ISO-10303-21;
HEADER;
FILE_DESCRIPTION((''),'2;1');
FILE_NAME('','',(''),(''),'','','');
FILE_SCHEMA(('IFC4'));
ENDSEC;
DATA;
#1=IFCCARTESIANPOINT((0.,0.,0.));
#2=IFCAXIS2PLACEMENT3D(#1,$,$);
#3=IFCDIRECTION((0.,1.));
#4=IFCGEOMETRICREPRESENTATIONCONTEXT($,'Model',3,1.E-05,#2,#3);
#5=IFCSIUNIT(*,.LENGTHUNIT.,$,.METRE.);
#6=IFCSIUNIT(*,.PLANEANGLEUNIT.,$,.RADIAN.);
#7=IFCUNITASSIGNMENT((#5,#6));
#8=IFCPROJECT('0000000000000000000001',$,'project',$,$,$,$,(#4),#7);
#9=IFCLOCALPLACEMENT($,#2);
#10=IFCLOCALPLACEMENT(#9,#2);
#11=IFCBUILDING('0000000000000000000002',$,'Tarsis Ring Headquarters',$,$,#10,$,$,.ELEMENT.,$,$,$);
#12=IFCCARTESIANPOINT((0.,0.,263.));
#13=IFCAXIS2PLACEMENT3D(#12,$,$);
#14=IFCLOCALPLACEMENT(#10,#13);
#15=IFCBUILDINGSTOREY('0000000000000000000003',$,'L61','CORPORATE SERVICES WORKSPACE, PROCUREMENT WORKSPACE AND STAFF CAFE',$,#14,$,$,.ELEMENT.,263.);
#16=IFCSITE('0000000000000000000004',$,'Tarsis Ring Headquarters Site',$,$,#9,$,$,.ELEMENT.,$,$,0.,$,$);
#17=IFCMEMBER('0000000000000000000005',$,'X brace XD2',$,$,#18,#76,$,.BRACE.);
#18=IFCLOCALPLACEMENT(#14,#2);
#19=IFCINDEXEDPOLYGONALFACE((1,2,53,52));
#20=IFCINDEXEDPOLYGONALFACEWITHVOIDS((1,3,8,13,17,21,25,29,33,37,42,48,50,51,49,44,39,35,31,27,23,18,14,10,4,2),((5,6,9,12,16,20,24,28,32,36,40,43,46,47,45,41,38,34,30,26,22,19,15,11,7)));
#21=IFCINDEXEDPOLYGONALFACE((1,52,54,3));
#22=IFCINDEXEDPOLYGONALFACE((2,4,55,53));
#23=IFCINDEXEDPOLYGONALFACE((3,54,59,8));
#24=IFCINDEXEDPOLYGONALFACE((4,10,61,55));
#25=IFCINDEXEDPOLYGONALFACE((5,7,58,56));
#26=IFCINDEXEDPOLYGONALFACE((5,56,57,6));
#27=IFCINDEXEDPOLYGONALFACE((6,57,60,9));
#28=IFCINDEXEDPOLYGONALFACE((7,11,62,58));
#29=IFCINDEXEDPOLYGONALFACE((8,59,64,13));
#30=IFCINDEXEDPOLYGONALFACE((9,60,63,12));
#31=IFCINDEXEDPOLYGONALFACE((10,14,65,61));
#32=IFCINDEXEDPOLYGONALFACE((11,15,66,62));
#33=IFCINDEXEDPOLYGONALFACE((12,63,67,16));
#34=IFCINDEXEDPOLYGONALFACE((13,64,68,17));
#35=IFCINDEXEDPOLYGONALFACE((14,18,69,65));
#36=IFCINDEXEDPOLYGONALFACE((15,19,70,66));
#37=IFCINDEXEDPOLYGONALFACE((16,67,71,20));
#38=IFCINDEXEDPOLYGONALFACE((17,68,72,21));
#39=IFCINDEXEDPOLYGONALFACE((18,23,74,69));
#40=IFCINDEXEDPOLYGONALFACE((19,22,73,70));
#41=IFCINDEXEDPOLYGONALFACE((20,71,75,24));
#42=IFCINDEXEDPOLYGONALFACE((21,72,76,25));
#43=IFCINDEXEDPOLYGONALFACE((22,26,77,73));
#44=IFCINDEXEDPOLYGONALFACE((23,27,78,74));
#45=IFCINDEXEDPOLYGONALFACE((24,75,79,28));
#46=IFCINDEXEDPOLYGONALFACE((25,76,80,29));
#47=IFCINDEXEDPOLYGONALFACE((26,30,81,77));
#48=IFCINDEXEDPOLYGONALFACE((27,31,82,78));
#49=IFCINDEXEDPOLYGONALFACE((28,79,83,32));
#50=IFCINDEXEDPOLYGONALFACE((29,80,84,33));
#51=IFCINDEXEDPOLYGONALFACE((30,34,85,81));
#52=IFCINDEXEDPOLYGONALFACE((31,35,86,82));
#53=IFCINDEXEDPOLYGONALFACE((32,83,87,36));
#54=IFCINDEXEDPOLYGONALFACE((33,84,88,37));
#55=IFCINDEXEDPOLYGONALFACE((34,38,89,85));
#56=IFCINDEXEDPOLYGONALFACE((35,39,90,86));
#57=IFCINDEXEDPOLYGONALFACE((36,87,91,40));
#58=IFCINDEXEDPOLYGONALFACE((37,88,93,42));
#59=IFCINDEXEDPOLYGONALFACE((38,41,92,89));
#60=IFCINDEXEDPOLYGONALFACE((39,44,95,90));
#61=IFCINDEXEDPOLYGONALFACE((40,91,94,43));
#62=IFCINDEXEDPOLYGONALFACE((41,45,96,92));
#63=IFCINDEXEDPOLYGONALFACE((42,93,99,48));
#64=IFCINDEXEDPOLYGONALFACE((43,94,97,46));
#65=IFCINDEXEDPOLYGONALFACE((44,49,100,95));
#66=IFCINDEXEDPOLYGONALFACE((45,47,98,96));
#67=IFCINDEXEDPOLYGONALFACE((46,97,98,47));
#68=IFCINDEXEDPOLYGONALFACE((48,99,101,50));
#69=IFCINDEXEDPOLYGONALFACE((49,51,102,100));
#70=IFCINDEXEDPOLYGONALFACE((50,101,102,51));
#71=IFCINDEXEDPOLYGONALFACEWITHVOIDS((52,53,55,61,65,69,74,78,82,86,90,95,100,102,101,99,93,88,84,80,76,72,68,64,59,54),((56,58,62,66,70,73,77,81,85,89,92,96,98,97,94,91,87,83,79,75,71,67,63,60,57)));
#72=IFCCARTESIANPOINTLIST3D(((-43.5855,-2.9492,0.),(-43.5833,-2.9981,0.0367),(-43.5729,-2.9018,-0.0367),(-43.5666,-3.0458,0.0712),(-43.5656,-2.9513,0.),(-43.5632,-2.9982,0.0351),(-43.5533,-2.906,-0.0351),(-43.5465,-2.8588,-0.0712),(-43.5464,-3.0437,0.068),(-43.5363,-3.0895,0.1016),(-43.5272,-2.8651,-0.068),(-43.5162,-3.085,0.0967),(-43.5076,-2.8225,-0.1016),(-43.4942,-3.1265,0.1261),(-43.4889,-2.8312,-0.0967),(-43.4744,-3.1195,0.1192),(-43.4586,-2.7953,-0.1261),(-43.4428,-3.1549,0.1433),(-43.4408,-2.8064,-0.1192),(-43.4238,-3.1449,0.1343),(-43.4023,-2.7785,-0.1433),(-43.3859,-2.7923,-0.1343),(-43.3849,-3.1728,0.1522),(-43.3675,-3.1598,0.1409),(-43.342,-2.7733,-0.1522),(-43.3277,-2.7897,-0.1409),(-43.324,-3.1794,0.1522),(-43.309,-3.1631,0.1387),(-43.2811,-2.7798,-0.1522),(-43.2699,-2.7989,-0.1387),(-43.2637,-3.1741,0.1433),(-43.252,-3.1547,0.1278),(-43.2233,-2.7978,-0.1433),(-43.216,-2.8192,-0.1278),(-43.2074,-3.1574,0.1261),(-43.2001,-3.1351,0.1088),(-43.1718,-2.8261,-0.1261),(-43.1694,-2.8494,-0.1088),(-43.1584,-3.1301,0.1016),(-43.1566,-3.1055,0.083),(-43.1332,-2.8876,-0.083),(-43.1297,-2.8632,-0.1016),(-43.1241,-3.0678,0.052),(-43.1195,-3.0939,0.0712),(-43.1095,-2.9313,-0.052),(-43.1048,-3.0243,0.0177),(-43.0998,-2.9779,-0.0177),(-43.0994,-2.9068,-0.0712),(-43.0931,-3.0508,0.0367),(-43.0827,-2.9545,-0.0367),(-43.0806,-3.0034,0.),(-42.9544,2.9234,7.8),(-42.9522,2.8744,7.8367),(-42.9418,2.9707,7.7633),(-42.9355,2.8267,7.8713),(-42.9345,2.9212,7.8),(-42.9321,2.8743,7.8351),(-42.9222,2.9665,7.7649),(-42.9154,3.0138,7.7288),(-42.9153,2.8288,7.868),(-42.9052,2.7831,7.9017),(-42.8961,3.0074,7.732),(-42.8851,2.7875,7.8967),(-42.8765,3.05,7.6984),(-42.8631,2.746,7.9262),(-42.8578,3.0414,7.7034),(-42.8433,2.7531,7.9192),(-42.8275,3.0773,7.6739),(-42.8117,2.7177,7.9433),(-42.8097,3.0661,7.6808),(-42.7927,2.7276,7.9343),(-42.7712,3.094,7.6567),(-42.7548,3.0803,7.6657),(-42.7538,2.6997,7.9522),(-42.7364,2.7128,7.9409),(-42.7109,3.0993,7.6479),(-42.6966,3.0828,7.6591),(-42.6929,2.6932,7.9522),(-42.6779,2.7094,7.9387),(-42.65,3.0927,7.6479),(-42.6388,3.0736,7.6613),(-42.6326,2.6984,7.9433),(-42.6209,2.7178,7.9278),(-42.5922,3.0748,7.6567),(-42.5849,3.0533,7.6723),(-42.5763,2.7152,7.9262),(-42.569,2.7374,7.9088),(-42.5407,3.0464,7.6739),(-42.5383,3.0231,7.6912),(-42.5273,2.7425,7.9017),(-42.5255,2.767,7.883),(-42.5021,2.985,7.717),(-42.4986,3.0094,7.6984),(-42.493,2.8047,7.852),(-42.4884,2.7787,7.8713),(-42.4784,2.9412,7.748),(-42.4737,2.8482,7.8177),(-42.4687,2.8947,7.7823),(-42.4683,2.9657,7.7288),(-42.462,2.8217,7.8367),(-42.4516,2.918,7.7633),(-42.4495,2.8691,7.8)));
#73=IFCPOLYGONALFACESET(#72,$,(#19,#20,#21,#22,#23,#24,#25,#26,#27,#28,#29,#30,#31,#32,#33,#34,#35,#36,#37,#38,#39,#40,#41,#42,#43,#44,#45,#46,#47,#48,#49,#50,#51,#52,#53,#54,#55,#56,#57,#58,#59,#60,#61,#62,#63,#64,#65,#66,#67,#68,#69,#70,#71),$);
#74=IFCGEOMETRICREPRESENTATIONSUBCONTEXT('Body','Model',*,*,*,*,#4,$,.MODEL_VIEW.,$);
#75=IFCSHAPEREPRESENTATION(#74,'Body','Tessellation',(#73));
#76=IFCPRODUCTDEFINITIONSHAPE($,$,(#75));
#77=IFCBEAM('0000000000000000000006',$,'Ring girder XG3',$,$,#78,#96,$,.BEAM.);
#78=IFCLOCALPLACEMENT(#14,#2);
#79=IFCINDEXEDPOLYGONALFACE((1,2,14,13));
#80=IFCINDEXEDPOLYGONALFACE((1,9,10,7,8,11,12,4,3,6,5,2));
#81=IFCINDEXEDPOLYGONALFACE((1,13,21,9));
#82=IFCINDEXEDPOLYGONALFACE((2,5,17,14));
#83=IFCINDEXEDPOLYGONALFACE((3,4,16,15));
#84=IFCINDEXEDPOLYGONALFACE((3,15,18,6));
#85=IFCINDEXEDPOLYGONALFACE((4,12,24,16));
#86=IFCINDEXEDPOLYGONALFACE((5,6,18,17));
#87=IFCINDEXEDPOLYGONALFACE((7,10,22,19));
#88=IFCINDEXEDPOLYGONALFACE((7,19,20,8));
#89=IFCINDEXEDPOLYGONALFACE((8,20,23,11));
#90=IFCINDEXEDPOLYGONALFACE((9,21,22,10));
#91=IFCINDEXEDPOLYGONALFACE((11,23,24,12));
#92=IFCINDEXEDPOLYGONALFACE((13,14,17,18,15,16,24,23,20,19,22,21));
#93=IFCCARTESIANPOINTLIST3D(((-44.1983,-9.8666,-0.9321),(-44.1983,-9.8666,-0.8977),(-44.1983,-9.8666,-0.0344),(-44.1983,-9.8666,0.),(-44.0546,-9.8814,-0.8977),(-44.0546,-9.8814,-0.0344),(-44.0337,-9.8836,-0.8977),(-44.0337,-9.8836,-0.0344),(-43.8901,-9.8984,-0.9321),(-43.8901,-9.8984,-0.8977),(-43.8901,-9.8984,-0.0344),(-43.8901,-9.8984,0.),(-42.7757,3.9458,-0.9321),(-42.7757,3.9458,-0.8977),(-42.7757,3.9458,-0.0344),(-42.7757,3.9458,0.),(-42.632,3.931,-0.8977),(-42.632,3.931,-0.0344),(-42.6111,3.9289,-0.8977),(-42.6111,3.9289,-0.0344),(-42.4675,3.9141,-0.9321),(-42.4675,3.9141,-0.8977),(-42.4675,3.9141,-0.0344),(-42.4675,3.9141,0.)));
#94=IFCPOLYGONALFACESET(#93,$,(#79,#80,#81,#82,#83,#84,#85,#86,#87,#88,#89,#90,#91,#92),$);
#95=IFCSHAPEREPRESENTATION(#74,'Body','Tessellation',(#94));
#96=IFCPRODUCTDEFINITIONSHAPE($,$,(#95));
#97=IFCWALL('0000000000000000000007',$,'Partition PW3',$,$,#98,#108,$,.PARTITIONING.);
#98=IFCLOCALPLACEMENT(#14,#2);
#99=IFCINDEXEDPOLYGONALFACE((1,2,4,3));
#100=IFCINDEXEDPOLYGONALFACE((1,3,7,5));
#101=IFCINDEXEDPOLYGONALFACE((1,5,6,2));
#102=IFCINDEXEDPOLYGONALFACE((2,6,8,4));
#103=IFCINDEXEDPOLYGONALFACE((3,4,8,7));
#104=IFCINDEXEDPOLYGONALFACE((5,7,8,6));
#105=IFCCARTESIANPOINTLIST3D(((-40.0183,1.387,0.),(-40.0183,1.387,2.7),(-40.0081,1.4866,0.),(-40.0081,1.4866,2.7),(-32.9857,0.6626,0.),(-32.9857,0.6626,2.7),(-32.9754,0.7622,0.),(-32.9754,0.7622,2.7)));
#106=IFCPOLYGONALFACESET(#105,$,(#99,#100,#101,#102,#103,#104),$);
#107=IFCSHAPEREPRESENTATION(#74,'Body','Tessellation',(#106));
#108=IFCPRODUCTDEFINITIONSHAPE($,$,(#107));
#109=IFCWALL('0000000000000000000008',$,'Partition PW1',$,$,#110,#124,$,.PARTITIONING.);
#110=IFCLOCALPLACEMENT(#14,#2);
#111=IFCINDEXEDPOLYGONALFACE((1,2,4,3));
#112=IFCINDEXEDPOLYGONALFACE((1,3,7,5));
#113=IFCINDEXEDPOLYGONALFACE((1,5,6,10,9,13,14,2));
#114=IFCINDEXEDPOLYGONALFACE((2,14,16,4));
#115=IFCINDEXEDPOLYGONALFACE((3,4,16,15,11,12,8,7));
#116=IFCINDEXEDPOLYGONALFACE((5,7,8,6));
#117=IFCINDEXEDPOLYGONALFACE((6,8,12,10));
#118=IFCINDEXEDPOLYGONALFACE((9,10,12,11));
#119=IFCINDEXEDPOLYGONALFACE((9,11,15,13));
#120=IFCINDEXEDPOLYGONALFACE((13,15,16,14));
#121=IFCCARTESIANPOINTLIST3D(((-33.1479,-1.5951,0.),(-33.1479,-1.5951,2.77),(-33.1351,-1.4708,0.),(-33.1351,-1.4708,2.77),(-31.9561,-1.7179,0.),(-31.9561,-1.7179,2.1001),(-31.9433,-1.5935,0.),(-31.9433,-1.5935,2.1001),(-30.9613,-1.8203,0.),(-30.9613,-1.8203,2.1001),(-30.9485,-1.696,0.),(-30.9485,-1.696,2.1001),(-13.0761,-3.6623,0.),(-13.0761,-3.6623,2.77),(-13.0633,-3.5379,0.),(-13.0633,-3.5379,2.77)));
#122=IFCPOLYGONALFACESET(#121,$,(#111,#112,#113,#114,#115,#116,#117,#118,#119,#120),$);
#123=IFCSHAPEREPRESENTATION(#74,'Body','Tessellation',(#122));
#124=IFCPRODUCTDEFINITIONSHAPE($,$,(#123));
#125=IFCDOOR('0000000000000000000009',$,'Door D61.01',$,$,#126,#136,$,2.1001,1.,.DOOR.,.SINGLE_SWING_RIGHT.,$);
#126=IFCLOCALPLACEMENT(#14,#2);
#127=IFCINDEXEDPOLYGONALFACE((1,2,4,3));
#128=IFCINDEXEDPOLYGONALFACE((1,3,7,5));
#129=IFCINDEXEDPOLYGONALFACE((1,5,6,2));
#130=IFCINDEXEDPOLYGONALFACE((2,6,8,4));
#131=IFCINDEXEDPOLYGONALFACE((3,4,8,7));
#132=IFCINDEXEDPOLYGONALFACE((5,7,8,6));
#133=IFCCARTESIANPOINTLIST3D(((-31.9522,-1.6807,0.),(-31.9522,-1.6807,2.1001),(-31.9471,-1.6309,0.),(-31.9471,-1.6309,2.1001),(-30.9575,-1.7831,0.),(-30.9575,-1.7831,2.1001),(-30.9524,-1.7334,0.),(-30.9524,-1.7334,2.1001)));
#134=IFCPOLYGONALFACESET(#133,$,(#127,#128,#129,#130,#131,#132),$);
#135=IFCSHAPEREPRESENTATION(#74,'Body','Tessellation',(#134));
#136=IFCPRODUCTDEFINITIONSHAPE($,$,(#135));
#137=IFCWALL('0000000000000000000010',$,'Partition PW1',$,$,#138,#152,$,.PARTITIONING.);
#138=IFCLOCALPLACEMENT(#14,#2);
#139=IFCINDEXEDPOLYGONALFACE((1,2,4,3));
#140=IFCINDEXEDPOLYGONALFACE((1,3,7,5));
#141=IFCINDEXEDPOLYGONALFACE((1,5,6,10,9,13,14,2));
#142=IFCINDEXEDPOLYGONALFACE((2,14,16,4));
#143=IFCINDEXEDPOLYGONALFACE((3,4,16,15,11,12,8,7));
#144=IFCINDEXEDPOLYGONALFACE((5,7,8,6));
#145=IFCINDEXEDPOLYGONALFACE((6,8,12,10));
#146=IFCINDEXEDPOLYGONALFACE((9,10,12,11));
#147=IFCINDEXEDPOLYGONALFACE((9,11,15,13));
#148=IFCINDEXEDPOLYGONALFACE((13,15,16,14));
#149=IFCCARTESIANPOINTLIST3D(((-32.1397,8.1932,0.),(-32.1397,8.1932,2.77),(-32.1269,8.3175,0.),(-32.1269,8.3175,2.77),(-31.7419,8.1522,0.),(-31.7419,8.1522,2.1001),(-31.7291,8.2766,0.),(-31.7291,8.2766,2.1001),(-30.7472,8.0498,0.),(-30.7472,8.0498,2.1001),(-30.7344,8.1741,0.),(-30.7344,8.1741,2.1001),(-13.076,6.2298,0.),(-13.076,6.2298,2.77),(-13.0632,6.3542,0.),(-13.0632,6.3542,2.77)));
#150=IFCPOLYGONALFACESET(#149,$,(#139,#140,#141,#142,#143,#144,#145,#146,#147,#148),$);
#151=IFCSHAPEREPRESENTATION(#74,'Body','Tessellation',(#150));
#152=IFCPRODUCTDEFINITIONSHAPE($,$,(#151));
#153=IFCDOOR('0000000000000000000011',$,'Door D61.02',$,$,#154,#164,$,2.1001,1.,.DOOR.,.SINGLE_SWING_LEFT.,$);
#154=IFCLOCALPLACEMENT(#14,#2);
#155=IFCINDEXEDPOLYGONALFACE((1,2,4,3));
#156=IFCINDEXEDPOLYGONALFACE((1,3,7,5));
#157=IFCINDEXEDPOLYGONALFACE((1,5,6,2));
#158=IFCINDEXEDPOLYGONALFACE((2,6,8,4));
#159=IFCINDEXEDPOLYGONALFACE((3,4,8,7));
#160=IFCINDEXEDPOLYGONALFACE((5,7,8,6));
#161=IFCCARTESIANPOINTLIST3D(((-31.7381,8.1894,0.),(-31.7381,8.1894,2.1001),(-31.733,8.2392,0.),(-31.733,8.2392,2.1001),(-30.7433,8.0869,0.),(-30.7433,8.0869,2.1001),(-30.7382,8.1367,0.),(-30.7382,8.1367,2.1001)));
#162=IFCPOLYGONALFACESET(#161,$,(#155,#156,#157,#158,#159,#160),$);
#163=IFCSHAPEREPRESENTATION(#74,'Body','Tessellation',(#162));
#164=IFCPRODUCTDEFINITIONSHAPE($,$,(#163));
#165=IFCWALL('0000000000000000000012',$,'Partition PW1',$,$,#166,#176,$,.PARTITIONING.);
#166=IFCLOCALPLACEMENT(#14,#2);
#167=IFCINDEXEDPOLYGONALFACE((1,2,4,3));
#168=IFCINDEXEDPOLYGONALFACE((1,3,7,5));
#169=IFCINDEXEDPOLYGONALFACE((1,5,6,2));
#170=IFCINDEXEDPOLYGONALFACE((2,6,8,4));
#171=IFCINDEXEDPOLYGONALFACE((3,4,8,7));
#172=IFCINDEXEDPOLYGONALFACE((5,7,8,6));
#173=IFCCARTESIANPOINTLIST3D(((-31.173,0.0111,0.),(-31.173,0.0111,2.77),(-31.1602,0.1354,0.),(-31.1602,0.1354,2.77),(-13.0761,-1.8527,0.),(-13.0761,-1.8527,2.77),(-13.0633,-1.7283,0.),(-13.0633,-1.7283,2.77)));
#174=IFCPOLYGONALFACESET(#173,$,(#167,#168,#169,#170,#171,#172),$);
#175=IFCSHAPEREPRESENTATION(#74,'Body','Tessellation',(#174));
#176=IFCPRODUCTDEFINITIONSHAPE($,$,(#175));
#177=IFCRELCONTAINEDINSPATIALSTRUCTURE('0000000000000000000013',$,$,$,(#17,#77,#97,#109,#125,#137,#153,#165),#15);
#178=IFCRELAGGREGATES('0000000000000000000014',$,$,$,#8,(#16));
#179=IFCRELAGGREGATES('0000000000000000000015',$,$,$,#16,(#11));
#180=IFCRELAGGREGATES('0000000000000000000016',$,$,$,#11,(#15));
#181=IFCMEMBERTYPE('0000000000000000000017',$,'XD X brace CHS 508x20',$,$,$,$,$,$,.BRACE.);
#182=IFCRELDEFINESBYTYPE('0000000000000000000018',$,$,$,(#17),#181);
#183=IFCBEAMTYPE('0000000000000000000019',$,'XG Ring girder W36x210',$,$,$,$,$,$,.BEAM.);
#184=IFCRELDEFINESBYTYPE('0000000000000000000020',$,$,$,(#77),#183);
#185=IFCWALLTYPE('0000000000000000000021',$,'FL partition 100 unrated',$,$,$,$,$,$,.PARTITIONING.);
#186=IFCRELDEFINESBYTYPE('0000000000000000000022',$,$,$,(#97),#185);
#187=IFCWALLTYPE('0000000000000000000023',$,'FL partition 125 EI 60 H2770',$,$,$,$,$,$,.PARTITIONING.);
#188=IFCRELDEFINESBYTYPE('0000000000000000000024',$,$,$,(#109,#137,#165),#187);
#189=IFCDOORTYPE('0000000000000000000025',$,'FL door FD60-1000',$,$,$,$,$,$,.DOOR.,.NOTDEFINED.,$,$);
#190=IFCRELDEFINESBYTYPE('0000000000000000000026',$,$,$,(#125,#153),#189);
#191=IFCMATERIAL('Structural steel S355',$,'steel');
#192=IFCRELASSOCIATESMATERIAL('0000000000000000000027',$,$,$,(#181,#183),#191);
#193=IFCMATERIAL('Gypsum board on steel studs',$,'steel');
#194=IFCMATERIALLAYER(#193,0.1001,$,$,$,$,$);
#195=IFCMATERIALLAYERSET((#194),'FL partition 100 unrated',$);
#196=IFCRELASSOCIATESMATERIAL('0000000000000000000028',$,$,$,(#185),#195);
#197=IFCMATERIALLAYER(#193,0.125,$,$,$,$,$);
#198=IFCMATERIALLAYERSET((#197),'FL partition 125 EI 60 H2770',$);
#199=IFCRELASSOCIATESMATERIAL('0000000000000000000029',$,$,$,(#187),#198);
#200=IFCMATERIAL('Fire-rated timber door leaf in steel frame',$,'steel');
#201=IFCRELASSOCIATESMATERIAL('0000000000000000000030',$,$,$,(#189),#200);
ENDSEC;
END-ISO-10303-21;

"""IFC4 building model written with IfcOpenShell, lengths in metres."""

from ifc_helpers import new_model, si_unit, direction, frame, frame_2d, origin, origin_2d, place, context, subcontext, project, spatial, rectangle, hollow_circle, i_section, extrude, material, layer, layer_set, material_profile, profile_set, type_object, element, fill, save


model = new_model("IFC4")

# Units and contexts
model_context = context("Model", 3, precision=1e-05, world=origin(), true_north=direction((0.0, 1.0)))
body_context = subcontext(model_context, "Body", "Model", "MODEL_VIEW")
ifc_project = project(units=[si_unit("LENGTHUNIT", "METRE"), si_unit("PLANEANGLEUNIT", "RADIAN")], contexts=[model_context])

# Site, building, storey
site_placement = place(None, origin())
site = spatial("IfcSite", under=ifc_project, at=site_placement, Name="Tarsis Ring Headquarters Site", CompositionType="ELEMENT", RefElevation=0.0)
building_placement = place(site_placement, origin())
building = spatial("IfcBuilding", under=site, at=building_placement, Name="Tarsis Ring Headquarters", CompositionType="ELEMENT")
storey_placement = place(building_placement, frame((0.0, 0.0, 263.0)))
storey = spatial("IfcBuildingStorey", under=building, at=storey_placement, Name="L61", Description="CORPORATE SERVICES WORKSPACE, PROCUREMENT WORKSPACE AND STAFF CAFE", CompositionType="ELEMENT", Elevation=263.0)

# Shared definitions
ifc_material_1 = material(Name="Structural steel S355", Category="steel")

# Member
ifc_material_profile_1 = material_profile(ifc_material_1, hollow_circle(Radius=0.2539, WallThickness=0.02, at=origin_2d()), Name="CHS 508x20")
ifc_profile_set_1 = profile_set([ifc_material_profile_1], Name="Structural steel S355")
member_type = type_object("IfcMemberType", Name="XD X brace CHS 508x20", PredefinedType="BRACE", material=ifc_profile_set_1)
member_1_placement = place(storey_placement, frame((-43.333, -2.9763, 0.0), z_axis=(0.064504, 0.600223, 0.797228), x_axis=(-0.994275, 0.106851, 0.0)))
element("IfcMember", 1, at=member_1_placement, inside=storey, type_object=member_type, Name="X brace XD2", PredefinedType="BRACE", context=body_context, shape_type="SweptSolid", body=[
    extrude(hollow_circle(Radius=0.2539, WallThickness=0.02, at=origin_2d()), origin(), (0.0, 0.0, 1.0), 9.7839),
])

# Beam
ifc_material_profile_2 = material_profile(ifc_material_1, i_section(OverallWidth=0.3098, OverallDepth=0.9321, WebThickness=0.021, FlangeThickness=0.0344, at=origin_2d()), Name="W36x210")
ifc_profile_set_2 = profile_set([ifc_material_profile_2], Name="Structural steel S355")
beam_type = type_object("IfcBeamType", Name="XG Ring girder W36x210", PredefinedType="BEAM", material=ifc_profile_set_2)
beam_placement = place(storey_placement, frame((-42.6216, 3.9299, -0.4661), z_axis=(-0.102452, -0.994738, 0.0), x_axis=(0.994738, -0.102452, 0.0)))
element("IfcBeam", 2, at=beam_placement, inside=storey, type_object=beam_type, Name="Ring girder XG3", PredefinedType="BEAM", context=body_context, shape_type="SweptSolid", body=[
    extrude(i_section(OverallWidth=0.3098, OverallDepth=0.9321, WebThickness=0.021, FlangeThickness=0.0344, at=origin_2d()), origin(), (0.0, 0.0, 1.0), 13.8855),
])

# Wall
ifc_material_2 = material(Name="Gypsum board on steel studs", Category="steel")
ifc_layer_1 = layer(ifc_material_2, 0.1001)
ifc_layer_set_1 = layer_set([ifc_layer_1], Name="FL partition 100 unrated")
wall_type_1 = type_object("IfcWallType", Name="FL partition 100 unrated", PredefinedType="PARTITIONING", material=ifc_layer_set_1)
wall_1_placement = place(storey_placement, frame((-40.0132, 1.4368, 0.0), z_axis=(0.0, 0.0, 1.0), x_axis=(0.994737, -0.102457, 0.0)))
element("IfcWall", 3, at=wall_1_placement, inside=storey, type_object=wall_type_1, Name="Partition PW3", PredefinedType="PARTITIONING", context=body_context, shape_type="SweptSolid", body=[
    extrude(rectangle(XDim=7.0698, YDim=0.1001, at=frame_2d((3.5349, 0.0))), origin(), (0.0, 0.0, 1.0), 2.7),
])

# Walls, openings, doors
ifc_layer_2 = layer(ifc_material_2, 0.125)
ifc_layer_set_2 = layer_set([ifc_layer_2], Name="FL partition 125 EI 60 H2770")
wall_type_2 = type_object("IfcWallType", Name="FL partition 125 EI 60 H2770", PredefinedType="PARTITIONING", material=ifc_layer_set_2)
wall_2_placement = place(storey_placement, frame((-33.1414, -1.533, 0.0), z_axis=(0.0, 0.0, 1.0), x_axis=(0.994739, -0.102445, 0.0)))
wall_2 = element("IfcWall", 4, at=wall_2_placement, inside=storey, type_object=wall_type_2, Name="Partition PW1", PredefinedType="PARTITIONING", context=body_context, shape_type="SweptSolid", body=[
    extrude(rectangle(XDim=20.178, YDim=0.125, at=frame_2d((10.0889, 0.0))), origin(), (0.0, 0.0, 1.0), 2.77),
])
opening_1_placement = place(wall_2_placement, frame((1.198, 0.0, 0.0)))
opening_1 = element("IfcOpeningElement", 5, at=opening_1_placement, cuts=wall_2, PredefinedType="OPENING", context=body_context, shape_type="SweptSolid", body=[
    extrude(rectangle(XDim=1.0, YDim=2.1001, at=frame_2d((0.5, 1.05))), frame((0.0, 0.0725, 0.0), z_axis=(0.0, -1.0, 0.0), x_axis=(1.0, 0.0, 0.0)), (0.0, 0.0, 1.0), 0.145),
])
ifc_material_3 = material(Name="Fire-rated timber door leaf in steel frame", Category="steel")
door_type = type_object("IfcDoorType", Name="FL door FD60-1000", OperationType="NOTDEFINED", PredefinedType="DOOR", material=ifc_material_3)
door_1_placement = place(opening_1_placement, origin())
door_1 = element("IfcDoor", 6, at=door_1_placement, inside=storey, type_object=door_type, Name="Door D61.01", OperationType="SINGLE_SWING_RIGHT", OverallHeight=2.1001, OverallWidth=1.0, PredefinedType="DOOR", context=body_context, shape_type="SweptSolid", body=[
    extrude(rectangle(XDim=1.0, YDim=2.1001, at=frame_2d((0.5, 1.05))), frame((0.0, 0.0249, 0.0), z_axis=(0.0, -1.0, 0.0), x_axis=(1.0, 0.0, 0.0)), (0.0, 0.0, 1.0), 0.05),
])
fill(opening_1, door_1)
wall_3_placement = place(storey_placement, frame((-32.1333, 8.2554, 0.0), z_axis=(0.0, 0.0, 1.0), x_axis=(0.994738, -0.102448, 0.0)))
wall_3 = element("IfcWall", 7, at=wall_3_placement, inside=storey, type_object=wall_type_2, Name="Partition PW1", PredefinedType="PARTITIONING", context=body_context, shape_type="SweptSolid", body=[
    extrude(rectangle(XDim=19.1646, YDim=0.125, at=frame_2d((9.5823, 0.0))), origin(), (0.0, 0.0, 1.0), 2.77),
])
opening_2_placement = place(wall_3_placement, frame((0.3999, 0.0, 0.0)))
opening_2 = element("IfcOpeningElement", 8, at=opening_2_placement, cuts=wall_3, PredefinedType="OPENING", context=body_context, shape_type="SweptSolid", body=[
    extrude(rectangle(XDim=1.0, YDim=2.1001, at=frame_2d((0.5, 1.05))), frame((0.0, 0.0725, 0.0), z_axis=(0.0, -1.0, 0.0), x_axis=(1.0, 0.0, 0.0)), (0.0, 0.0, 1.0), 0.145),
])
door_2_placement = place(opening_2_placement, origin())
door_2 = element("IfcDoor", 9, at=door_2_placement, inside=storey, type_object=door_type, Name="Door D61.02", OperationType="SINGLE_SWING_LEFT", OverallHeight=2.1001, OverallWidth=1.0, PredefinedType="DOOR", context=body_context, shape_type="SweptSolid", body=[
    extrude(rectangle(XDim=1.0, YDim=2.1001, at=frame_2d((0.5, 1.05))), frame((0.0, 0.0249, 0.0), z_axis=(0.0, -1.0, 0.0), x_axis=(1.0, 0.0, 0.0)), (0.0, 0.0, 1.0), 0.05),
])
fill(opening_2, door_2)

# Wall
wall_4_placement = place(storey_placement, frame((-31.1665, 0.0732, 0.0), z_axis=(0.0, 0.0, 1.0), x_axis=(0.994739, -0.102446, 0.0)))
element("IfcWall", 10, at=wall_4_placement, inside=storey, type_object=wall_type_2, Name="Partition PW1", PredefinedType="PARTITIONING", context=body_context, shape_type="SweptSolid", body=[
    extrude(rectangle(XDim=18.1926, YDim=0.125, at=frame_2d((9.0962, 0.0))), origin(), (0.0, 0.0, 1.0), 2.77),
])

save(model, "model.ifc")
